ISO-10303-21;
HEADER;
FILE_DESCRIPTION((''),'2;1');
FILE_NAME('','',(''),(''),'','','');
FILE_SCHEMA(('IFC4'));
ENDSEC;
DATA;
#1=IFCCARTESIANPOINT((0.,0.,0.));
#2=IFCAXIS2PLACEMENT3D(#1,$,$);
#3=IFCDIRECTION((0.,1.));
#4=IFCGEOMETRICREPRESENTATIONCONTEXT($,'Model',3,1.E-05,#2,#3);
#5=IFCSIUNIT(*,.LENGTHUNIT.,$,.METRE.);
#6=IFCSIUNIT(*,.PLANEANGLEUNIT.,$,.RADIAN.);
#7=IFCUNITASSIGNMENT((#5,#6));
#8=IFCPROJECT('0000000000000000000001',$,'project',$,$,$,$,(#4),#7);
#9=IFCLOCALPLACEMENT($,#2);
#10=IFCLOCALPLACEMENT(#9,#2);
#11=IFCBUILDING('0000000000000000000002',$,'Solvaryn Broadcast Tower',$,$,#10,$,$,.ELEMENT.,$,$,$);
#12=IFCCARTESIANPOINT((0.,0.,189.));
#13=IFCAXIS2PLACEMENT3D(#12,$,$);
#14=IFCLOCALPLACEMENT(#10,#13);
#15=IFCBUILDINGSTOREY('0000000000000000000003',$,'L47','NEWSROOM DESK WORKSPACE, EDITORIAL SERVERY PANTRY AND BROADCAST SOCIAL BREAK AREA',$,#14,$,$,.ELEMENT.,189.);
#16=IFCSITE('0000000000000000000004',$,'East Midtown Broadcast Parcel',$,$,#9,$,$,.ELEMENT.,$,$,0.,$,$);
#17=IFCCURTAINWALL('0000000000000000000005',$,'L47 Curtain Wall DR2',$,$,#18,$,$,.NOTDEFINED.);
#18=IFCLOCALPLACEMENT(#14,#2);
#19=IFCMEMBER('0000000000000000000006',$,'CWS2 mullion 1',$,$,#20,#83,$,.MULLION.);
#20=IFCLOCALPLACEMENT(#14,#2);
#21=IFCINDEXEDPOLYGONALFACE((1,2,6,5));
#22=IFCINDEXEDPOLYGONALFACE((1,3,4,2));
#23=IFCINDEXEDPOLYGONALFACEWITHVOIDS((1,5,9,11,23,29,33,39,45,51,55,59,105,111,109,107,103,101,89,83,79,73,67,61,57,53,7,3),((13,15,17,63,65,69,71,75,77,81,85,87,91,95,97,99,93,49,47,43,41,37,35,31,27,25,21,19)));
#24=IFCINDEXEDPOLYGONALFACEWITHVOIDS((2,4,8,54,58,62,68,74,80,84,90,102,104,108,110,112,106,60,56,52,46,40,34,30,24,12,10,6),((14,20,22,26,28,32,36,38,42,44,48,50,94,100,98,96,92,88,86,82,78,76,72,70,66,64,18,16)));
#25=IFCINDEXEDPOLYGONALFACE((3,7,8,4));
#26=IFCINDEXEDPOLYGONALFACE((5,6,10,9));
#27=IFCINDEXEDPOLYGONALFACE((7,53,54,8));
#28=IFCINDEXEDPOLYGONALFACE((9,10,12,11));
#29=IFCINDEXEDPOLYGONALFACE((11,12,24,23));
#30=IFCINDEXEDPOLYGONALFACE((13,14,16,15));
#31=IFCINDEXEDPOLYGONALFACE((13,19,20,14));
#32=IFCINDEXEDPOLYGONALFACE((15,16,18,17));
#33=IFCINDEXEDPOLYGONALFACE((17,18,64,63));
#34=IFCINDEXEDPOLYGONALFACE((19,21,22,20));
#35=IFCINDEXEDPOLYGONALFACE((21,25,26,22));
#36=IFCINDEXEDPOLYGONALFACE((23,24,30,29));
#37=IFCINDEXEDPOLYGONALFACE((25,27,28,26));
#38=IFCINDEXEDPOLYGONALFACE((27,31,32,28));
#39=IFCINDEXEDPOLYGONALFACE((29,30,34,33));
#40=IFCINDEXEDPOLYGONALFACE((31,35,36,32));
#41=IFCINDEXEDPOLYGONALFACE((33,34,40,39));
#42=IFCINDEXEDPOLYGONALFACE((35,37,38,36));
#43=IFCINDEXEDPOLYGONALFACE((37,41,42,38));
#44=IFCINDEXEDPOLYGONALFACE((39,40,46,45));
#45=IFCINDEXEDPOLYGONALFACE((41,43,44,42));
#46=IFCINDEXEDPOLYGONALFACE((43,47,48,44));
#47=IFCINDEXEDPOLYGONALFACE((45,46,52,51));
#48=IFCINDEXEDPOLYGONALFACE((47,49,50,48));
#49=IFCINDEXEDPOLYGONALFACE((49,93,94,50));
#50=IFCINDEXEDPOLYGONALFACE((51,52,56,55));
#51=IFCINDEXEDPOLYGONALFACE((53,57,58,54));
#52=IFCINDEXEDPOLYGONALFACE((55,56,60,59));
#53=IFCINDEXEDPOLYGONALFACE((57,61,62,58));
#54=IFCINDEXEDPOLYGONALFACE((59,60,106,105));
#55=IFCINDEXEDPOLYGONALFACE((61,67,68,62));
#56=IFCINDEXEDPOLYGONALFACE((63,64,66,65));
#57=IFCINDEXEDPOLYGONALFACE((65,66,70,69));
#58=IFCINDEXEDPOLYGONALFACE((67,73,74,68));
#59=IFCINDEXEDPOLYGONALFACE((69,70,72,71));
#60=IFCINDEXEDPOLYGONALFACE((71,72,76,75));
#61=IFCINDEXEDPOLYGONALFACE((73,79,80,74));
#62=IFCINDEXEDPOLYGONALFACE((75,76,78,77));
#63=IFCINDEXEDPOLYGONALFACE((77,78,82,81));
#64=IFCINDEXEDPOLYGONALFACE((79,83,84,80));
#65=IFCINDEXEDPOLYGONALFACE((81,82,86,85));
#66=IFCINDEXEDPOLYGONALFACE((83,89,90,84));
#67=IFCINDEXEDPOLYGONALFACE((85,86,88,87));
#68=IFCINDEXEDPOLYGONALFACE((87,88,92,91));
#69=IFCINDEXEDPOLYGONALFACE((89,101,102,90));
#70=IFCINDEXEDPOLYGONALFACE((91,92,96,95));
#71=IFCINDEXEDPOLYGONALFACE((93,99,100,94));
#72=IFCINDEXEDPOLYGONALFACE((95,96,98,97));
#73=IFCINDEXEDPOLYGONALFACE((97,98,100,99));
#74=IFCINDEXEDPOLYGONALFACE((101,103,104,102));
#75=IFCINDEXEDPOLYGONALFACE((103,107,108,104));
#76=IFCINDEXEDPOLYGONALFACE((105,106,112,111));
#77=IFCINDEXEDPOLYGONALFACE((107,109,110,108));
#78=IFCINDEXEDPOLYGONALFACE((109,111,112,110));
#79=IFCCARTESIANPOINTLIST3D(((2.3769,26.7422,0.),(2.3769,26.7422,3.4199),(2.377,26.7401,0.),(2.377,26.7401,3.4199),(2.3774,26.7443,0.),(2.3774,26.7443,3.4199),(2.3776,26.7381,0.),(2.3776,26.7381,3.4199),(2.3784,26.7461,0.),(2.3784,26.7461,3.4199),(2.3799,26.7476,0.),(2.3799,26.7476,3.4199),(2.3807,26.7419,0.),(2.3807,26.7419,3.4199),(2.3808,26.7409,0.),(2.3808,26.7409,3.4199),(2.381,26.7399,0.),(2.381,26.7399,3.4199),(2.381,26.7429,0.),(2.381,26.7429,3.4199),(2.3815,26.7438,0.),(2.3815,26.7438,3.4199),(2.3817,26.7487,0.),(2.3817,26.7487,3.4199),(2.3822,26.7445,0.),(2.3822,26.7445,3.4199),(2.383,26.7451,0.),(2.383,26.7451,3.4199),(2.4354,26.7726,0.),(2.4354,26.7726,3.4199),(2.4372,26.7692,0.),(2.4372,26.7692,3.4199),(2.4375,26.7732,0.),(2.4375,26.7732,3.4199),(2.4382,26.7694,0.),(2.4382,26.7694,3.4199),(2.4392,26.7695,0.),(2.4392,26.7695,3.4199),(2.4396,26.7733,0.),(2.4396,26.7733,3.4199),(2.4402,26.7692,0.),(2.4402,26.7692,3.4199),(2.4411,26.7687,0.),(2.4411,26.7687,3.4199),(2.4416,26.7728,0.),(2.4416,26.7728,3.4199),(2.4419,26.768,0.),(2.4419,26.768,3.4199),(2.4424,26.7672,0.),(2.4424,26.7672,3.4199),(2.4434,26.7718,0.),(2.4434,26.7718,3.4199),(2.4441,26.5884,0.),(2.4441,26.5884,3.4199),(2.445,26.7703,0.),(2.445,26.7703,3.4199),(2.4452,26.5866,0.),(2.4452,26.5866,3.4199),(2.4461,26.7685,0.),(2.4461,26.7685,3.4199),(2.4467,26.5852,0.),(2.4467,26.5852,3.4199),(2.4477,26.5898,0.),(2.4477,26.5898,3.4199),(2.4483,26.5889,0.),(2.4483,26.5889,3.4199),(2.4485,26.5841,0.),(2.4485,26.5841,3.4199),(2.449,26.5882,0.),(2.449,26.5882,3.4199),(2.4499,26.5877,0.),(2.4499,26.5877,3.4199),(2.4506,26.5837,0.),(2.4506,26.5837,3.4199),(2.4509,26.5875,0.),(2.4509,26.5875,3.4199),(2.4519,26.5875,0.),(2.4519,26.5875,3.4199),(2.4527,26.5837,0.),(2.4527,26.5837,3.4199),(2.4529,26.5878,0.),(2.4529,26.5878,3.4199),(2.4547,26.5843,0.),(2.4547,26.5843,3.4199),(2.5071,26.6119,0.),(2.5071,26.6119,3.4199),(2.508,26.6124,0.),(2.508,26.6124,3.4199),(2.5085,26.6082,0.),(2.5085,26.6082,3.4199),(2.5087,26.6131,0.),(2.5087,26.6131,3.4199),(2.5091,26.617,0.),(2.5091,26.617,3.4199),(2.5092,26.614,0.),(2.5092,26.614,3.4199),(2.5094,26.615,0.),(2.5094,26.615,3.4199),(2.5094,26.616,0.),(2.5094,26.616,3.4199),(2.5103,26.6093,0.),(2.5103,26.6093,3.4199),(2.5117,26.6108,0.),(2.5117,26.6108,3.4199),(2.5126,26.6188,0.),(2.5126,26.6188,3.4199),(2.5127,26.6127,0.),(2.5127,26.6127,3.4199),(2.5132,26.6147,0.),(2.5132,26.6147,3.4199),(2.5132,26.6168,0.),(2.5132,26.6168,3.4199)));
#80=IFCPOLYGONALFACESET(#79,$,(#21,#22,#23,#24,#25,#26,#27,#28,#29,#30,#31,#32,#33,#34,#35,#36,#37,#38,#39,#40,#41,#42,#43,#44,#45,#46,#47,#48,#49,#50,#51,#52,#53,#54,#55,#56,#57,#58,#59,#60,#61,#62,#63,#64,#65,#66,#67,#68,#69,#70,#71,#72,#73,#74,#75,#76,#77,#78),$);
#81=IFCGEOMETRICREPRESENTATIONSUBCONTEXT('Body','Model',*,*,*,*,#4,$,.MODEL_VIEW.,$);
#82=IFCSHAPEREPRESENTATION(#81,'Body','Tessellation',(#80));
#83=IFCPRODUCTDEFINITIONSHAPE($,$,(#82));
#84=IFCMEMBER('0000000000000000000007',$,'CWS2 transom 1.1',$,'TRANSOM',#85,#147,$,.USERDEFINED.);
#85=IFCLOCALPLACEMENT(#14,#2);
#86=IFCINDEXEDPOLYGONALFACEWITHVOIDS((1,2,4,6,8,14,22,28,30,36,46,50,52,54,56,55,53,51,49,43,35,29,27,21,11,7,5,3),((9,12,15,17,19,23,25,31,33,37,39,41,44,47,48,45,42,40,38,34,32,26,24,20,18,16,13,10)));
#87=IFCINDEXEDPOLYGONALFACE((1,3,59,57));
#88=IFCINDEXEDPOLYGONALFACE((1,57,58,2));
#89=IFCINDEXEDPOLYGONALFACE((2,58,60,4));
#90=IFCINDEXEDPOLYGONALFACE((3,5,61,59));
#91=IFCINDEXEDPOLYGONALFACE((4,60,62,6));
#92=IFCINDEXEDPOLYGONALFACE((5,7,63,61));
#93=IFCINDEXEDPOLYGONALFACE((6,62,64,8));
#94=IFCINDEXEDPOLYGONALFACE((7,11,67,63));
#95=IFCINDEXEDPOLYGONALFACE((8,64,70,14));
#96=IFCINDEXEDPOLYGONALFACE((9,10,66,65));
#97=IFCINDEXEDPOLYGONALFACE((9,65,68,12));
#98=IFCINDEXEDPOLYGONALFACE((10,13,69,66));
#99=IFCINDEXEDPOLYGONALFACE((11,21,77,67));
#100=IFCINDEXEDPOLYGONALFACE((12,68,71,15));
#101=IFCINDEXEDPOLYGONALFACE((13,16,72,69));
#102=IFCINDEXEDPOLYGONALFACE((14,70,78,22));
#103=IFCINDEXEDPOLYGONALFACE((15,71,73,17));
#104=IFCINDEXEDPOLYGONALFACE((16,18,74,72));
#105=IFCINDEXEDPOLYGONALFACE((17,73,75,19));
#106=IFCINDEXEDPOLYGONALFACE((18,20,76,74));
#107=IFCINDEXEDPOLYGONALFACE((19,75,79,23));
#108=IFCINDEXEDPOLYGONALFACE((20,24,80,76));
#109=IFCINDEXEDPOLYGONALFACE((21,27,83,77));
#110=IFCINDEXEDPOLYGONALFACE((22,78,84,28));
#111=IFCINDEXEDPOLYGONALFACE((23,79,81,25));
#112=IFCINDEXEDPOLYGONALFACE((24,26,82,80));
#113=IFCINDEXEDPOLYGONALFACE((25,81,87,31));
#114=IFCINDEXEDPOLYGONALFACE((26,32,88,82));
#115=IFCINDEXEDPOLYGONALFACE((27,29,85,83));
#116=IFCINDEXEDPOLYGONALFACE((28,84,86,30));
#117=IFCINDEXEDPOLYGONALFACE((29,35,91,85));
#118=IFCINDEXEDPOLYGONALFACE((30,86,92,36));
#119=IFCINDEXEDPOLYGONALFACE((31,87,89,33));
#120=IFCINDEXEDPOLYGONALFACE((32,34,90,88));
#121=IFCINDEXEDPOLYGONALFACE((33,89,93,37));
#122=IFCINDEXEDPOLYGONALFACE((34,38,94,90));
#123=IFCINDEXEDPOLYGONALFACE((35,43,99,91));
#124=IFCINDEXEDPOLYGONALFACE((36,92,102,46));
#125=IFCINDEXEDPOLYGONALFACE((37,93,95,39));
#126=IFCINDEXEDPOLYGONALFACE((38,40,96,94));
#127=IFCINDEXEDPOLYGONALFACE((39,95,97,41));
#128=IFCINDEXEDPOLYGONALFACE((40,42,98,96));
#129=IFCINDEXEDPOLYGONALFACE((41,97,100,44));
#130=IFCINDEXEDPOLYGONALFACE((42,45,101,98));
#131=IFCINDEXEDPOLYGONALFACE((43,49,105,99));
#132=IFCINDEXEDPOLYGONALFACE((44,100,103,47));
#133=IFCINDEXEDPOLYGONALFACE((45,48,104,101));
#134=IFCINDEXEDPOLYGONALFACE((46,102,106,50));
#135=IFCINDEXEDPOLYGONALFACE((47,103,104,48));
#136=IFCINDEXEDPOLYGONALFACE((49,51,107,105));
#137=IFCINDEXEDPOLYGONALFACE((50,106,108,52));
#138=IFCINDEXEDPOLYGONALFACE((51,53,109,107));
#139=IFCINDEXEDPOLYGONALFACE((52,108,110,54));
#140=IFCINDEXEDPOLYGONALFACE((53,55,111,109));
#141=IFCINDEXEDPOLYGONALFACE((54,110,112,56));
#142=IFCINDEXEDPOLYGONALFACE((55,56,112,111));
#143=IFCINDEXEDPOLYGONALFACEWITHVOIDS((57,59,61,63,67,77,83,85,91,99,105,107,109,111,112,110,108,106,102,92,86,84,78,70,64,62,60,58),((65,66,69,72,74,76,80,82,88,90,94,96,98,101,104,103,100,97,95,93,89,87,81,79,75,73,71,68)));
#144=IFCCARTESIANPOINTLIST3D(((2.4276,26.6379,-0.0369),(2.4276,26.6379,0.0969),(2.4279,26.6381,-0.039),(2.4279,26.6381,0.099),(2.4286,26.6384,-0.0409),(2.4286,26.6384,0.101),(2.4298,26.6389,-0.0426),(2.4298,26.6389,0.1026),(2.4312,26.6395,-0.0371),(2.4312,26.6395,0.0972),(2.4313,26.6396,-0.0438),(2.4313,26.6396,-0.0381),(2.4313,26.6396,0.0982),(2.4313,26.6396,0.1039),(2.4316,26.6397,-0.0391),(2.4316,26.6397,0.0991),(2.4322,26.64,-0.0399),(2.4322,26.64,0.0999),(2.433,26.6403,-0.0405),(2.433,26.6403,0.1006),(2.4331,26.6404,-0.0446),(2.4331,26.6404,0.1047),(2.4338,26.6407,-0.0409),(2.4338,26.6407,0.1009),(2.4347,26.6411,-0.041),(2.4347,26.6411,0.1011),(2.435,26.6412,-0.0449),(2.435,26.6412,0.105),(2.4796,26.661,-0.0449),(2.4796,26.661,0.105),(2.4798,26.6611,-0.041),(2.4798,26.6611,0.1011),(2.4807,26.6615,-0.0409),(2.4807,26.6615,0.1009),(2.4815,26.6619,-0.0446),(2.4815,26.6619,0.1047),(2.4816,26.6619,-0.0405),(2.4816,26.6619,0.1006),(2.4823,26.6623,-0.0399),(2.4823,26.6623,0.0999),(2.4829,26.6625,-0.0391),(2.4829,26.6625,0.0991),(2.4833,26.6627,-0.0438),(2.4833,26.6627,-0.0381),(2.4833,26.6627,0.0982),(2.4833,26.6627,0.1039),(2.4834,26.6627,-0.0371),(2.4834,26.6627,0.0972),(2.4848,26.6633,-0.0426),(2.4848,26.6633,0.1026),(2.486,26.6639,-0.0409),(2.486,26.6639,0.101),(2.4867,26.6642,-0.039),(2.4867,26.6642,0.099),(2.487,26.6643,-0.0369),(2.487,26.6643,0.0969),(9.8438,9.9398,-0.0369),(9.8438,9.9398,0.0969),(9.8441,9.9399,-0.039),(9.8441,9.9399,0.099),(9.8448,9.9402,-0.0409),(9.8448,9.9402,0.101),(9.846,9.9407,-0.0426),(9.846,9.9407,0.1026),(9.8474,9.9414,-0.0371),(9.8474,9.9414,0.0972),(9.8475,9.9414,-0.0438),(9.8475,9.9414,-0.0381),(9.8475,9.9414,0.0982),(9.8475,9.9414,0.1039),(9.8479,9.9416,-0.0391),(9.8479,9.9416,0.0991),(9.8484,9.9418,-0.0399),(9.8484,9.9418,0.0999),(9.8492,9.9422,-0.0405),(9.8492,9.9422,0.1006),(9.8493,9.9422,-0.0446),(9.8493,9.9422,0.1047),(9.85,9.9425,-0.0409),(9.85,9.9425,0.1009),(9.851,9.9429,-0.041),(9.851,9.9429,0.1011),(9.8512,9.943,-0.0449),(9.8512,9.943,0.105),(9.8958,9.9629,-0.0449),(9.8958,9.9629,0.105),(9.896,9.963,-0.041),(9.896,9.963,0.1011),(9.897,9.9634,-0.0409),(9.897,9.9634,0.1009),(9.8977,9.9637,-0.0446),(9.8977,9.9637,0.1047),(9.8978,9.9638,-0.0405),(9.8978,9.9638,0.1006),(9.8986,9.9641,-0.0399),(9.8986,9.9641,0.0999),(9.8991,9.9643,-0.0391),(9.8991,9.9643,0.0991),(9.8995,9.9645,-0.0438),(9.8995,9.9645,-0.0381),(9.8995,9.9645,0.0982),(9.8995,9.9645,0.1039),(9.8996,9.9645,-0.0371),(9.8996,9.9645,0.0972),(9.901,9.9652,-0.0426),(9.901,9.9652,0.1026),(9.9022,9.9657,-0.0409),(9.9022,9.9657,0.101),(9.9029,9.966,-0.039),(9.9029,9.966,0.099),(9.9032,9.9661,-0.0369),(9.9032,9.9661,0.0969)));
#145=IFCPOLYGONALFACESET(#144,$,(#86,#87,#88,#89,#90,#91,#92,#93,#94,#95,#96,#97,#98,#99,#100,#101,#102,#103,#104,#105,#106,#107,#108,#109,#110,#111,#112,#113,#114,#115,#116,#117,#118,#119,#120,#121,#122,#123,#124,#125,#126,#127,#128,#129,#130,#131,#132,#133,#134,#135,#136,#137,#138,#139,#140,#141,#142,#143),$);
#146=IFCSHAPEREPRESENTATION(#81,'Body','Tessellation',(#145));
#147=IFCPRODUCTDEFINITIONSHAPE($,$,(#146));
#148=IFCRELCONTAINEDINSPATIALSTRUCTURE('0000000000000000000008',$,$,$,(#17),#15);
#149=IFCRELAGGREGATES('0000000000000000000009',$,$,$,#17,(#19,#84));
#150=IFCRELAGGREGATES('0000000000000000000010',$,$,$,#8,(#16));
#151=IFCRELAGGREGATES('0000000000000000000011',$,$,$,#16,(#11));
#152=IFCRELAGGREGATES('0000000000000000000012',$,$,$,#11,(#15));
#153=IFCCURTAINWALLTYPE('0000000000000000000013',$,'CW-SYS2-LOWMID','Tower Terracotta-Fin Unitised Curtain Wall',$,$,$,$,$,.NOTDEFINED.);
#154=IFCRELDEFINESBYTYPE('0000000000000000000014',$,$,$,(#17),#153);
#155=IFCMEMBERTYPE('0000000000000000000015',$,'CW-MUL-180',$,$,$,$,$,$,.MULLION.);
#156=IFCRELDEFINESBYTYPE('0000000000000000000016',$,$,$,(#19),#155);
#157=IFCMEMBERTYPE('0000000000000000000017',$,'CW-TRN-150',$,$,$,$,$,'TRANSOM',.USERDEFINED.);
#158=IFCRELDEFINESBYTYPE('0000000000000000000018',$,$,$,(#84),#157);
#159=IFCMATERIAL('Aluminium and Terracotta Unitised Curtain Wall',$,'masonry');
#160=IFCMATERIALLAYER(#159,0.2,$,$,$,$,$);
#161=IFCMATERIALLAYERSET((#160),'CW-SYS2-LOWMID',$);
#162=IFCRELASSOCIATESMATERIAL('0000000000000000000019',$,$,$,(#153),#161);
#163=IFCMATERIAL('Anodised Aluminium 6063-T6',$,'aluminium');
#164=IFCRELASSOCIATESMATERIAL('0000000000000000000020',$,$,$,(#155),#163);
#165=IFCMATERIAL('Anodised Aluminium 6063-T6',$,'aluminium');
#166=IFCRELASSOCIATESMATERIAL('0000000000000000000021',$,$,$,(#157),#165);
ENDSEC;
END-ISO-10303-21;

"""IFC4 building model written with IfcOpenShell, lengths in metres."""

from ifc_helpers import new_model, si_unit, direction, frame, origin, origin_2d, place, context, subcontext, project, spatial, hollow_rectangle, extrude, material, layer, layer_set, material_profile, profile_set, type_object, element, aggregate, save


model = new_model("IFC4")

# Units and contexts
model_context = context("Model", 3, precision=1e-05, world=origin(), true_north=direction((0.0, 1.0)))
body_context = subcontext(model_context, "Body", "Model", "MODEL_VIEW")
ifc_project = project(units=[si_unit("LENGTHUNIT", "METRE"), si_unit("PLANEANGLEUNIT", "RADIAN")], contexts=[model_context])

# Site, building, storey
site_placement = place(None, origin())
site = spatial("IfcSite", under=ifc_project, at=site_placement, Name="East Midtown Broadcast Parcel", CompositionType="ELEMENT", RefElevation=0.0)
building_placement = place(site_placement, origin())
building = spatial("IfcBuilding", under=site, at=building_placement, Name="Solvaryn Broadcast Tower", CompositionType="ELEMENT")
storey_placement = place(building_placement, frame((0.0, 0.0, 189.0)))
storey = spatial("IfcBuildingStorey", under=building, at=storey_placement, Name="L47", Description="NEWSROOM DESK WORKSPACE, EDITORIAL SERVERY PANTRY AND BROADCAST SOCIAL BREAK AREA", CompositionType="ELEMENT", Elevation=189.0)

# Shared definitions
ifc_material_1 = material(Name="Aluminium and Terracotta Unitised Curtain Wall", Category="masonry")
ifc_layer_1 = layer(ifc_material_1, 0.2)
ifc_layer_set_1 = layer_set([ifc_layer_1], Name="CW-SYS2-LOWMID")
curtain_wall_type = type_object("IfcCurtainWallType", Name="CW-SYS2-LOWMID", Description="Tower Terracotta-Fin Unitised Curtain Wall", PredefinedType="NOTDEFINED", material=ifc_layer_set_1)
ifc_material_2 = material(Name="Anodised Aluminium 6063-T6", Category="aluminium")
ifc_material_profile_1 = material_profile(ifc_material_2, hollow_rectangle(XDim=0.075, YDim=0.1799, WallThickness=0.0039, InnerFilletRadius=0.0039, OuterFilletRadius=0.0081, at=origin_2d()))
ifc_profile_set_1 = profile_set([ifc_material_profile_1], Name="Anodised Aluminium 6063-T6")
member_type_1 = type_object("IfcMemberType", Name="CW-MUL-180", PredefinedType="MULLION", material=ifc_profile_set_1)

# Curtain wall, members
curtain_wall_1_placement = place(storey_placement, origin())
curtain_wall_1 = element("IfcCurtainWall", 1, at=curtain_wall_1_placement, inside=storey, type_object=curtain_wall_type, Name="L47 Curtain Wall DR2", PredefinedType="NOTDEFINED")
member_1_placement = place(storey_placement, frame((2.4451, 26.6785, 0.0), z_axis=(0.0, 0.0, 1.0), x_axis=(0.913917, 0.405901, 0.0)))
member_1 = element("IfcMember", 2, at=member_1_placement, type_object=member_type_1, Name="CWS2 mullion 1", PredefinedType="MULLION", context=body_context, shape_type="SweptSolid", body=[
    extrude(hollow_rectangle(XDim=0.075, YDim=0.1799, WallThickness=0.0039, InnerFilletRadius=0.0039, OuterFilletRadius=0.0081, at=origin_2d()), origin(), (0.0, 0.0, 1.0), 3.4199),
])
ifc_material_3 = material(Name="Anodised Aluminium 6063-T6", Category="aluminium")
ifc_material_profile_2 = material_profile(ifc_material_3, hollow_rectangle(XDim=0.0649, YDim=0.1499, WallThickness=0.0039, InnerFilletRadius=0.0039, OuterFilletRadius=0.0081, at=origin_2d()))
ifc_profile_set_2 = profile_set([ifc_material_profile_2], Name="Anodised Aluminium 6063-T6")
member_type_2 = type_object("IfcMemberType", Name="CW-TRN-150", ElementType="TRANSOM", PredefinedType="USERDEFINED", material=ifc_profile_set_2)
member_2_placement = place(storey_placement, frame((2.4573, 26.6511, 0.03), z_axis=(0.405902, -0.913917, 0.0), x_axis=(0.913917, 0.405902, 0.0)))
member_2 = element("IfcMember", 3, at=member_2_placement, type_object=member_type_2, Name="CWS2 transom 1.1", ObjectType="TRANSOM", PredefinedType="USERDEFINED", context=body_context, shape_type="SweptSolid", body=[
    extrude(hollow_rectangle(XDim=0.0649, YDim=0.1499, WallThickness=0.0039, InnerFilletRadius=0.0039, OuterFilletRadius=0.0081, at=origin_2d()), origin(), (0.0, 0.0, 1.0), 18.271),
])
aggregate(curtain_wall_1, [member_1, member_2])

save(model, "model.ifc")
